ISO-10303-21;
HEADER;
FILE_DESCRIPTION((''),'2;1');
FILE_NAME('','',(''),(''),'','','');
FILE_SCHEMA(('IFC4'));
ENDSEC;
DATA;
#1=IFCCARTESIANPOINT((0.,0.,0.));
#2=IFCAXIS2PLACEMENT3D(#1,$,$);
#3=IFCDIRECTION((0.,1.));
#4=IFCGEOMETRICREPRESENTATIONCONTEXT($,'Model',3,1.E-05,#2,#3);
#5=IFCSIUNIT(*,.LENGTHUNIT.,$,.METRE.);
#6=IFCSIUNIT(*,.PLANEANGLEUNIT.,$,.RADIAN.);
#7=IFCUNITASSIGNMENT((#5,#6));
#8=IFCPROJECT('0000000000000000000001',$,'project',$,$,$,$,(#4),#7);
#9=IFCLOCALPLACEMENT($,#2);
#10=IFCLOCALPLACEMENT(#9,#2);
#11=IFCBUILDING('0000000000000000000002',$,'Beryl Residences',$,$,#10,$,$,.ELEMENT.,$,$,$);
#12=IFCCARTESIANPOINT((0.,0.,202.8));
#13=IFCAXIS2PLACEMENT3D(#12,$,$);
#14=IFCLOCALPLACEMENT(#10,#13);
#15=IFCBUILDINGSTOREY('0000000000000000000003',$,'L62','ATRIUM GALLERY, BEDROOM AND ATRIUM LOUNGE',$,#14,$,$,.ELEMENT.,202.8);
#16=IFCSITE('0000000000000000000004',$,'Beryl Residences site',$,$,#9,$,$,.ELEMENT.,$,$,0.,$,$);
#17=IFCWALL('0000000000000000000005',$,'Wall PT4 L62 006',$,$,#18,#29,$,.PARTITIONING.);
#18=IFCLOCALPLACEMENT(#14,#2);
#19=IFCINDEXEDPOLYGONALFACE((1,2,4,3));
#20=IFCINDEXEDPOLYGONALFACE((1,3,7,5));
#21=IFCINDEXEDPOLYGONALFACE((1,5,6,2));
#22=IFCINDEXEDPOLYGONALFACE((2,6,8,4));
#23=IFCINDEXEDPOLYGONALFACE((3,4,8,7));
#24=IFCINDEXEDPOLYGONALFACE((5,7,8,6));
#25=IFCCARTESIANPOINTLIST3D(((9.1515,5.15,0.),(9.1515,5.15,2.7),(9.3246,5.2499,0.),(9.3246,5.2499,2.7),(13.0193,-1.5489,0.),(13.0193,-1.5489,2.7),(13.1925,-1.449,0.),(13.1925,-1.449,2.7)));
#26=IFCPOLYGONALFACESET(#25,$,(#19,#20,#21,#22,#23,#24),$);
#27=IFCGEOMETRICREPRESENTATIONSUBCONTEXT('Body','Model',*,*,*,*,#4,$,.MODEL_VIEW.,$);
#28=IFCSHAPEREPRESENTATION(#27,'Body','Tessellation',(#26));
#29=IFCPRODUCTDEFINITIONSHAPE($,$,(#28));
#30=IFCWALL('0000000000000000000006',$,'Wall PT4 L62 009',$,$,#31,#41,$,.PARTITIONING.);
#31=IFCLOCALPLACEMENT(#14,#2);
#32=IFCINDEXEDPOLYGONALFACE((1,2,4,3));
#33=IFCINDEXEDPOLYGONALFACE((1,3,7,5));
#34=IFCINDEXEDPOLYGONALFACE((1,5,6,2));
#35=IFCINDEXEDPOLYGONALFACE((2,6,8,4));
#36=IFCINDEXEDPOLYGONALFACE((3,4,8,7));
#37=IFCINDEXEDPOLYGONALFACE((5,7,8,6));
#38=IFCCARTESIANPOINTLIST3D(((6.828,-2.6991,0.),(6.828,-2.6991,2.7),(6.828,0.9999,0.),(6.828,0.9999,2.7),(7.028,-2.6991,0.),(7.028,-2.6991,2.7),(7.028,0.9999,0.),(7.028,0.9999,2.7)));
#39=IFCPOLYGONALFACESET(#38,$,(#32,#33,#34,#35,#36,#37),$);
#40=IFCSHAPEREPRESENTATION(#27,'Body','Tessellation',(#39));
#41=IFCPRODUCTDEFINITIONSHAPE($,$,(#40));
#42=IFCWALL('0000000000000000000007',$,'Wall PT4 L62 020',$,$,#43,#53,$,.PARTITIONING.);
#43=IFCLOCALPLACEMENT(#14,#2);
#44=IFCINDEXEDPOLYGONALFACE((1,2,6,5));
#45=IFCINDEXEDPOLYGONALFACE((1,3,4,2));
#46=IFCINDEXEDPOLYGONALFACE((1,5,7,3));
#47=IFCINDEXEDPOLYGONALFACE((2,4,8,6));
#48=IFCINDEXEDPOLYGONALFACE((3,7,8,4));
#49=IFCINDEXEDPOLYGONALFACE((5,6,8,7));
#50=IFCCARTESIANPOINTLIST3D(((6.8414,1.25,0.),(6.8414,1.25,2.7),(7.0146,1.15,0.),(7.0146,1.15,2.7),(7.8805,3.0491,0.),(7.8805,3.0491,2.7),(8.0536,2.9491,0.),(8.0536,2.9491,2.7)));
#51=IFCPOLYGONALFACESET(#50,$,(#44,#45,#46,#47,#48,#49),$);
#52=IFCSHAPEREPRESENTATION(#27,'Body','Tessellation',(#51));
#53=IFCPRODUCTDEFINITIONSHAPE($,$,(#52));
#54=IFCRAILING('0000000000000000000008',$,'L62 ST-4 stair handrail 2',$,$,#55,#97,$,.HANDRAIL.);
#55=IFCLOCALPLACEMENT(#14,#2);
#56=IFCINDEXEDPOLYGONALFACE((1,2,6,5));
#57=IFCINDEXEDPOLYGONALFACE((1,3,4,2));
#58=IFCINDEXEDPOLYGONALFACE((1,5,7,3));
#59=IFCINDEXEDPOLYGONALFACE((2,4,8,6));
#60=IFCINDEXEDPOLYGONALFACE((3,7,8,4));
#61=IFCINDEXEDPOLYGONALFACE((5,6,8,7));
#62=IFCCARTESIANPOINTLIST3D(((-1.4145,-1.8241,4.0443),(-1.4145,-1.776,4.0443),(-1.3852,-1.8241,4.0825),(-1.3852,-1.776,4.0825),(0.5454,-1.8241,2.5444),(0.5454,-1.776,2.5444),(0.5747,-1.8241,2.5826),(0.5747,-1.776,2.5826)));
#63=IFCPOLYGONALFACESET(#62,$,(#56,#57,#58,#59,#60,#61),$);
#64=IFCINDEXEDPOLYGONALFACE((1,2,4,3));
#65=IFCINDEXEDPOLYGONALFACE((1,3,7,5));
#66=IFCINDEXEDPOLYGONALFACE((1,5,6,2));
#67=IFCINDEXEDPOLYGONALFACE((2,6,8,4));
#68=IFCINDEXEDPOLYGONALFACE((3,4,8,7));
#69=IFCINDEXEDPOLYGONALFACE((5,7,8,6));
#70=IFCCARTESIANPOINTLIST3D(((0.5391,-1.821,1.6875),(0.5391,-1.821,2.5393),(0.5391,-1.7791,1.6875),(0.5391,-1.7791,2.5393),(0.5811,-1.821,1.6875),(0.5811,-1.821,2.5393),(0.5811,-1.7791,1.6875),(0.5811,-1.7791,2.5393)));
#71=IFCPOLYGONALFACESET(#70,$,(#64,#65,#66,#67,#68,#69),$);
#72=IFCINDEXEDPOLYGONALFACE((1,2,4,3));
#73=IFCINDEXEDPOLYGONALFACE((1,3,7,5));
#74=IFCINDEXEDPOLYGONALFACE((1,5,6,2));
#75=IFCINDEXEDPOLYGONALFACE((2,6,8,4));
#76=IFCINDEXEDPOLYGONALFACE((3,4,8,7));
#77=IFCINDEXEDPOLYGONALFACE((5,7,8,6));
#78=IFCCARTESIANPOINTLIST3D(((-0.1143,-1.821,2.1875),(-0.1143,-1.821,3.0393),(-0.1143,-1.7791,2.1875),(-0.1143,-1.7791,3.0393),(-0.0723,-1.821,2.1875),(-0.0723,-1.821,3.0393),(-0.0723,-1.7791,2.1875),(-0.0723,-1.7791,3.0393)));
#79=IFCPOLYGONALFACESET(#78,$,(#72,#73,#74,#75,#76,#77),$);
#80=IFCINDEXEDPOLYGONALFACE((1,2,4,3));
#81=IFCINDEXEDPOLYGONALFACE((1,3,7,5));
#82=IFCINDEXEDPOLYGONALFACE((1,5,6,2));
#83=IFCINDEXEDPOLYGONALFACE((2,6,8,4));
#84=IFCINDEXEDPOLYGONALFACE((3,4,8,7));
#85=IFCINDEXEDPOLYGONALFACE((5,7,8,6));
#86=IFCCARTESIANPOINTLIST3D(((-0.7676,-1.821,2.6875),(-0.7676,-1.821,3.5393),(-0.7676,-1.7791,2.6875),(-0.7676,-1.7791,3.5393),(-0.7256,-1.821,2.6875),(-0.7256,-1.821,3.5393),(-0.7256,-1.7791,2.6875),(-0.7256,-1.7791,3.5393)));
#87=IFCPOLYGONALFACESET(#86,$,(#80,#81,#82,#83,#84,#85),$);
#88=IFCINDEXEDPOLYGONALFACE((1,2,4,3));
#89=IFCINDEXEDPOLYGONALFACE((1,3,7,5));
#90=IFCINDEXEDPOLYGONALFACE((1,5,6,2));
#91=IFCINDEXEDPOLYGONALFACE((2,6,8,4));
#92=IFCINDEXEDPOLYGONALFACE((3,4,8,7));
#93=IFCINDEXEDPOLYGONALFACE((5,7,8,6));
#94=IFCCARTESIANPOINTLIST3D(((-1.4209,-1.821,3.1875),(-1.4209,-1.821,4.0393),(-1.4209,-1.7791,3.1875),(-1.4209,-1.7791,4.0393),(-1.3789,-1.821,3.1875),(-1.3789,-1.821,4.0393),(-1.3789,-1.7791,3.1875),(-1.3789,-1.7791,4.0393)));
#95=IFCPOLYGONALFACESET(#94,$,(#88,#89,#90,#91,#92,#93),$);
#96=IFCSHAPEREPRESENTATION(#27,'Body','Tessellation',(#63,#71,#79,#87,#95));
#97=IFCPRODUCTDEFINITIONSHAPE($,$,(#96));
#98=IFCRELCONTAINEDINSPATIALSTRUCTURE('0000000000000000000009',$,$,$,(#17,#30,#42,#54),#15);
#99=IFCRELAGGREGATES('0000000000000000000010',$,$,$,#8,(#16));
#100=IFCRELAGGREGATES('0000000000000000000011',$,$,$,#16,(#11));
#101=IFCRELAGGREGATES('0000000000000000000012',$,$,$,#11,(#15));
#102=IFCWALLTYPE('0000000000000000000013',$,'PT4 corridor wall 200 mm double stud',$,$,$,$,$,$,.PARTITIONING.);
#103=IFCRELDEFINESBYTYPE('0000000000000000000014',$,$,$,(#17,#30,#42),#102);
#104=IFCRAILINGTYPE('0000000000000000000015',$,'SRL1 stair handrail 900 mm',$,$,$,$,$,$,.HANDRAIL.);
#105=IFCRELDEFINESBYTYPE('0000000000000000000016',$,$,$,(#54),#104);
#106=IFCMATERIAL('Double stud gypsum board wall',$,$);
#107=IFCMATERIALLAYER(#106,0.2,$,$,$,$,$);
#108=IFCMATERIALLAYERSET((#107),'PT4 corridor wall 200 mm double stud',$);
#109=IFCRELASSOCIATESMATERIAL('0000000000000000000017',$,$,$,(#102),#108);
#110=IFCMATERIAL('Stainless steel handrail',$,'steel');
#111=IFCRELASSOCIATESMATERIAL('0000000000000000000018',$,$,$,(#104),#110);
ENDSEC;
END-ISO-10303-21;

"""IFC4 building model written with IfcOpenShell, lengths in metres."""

from ifc_helpers import new_model, si_unit, direction, frame, frame_2d, origin, origin_2d, place, context, subcontext, project, spatial, rectangle, extrude, material, layer, layer_set, type_object, element, save


model = new_model("IFC4")

# Units and contexts
model_context = context("Model", 3, precision=1e-05, world=origin(), true_north=direction((0.0, 1.0)))
body_context = subcontext(model_context, "Body", "Model", "MODEL_VIEW")
ifc_project = project(units=[si_unit("LENGTHUNIT", "METRE"), si_unit("PLANEANGLEUNIT", "RADIAN")], contexts=[model_context])

# Site, building, storey
site_placement = place(None, origin())
site = spatial("IfcSite", under=ifc_project, at=site_placement, Name="Beryl Residences site", CompositionType="ELEMENT", RefElevation=0.0)
building_placement = place(site_placement, origin())
building = spatial("IfcBuilding", under=site, at=building_placement, Name="Beryl Residences", CompositionType="ELEMENT")
storey_placement = place(building_placement, frame((0.0, 0.0, 202.8)))
storey = spatial("IfcBuildingStorey", under=building, at=storey_placement, Name="L62", Description="ATRIUM GALLERY, BEDROOM AND ATRIUM LOUNGE", CompositionType="ELEMENT", Elevation=202.8)

# Shared definitions
ifc_material_1 = material(Name="Double stud gypsum board wall")
ifc_layer_1 = layer(ifc_material_1, 0.2)
ifc_layer_set_1 = layer_set([ifc_layer_1], Name="PT4 corridor wall 200 mm double stud")
wall_type_1 = type_object("IfcWallType", Name="PT4 corridor wall 200 mm double stud", PredefinedType="PARTITIONING", material=ifc_layer_set_1)

# Walls
wall_1_placement = place(storey_placement, frame((9.238, 5.2, 0.0), z_axis=(0.0, 0.0, 1.0), x_axis=(0.500026, -0.866011, 0.0)))
element("IfcWall", 1, at=wall_1_placement, inside=storey, type_object=wall_type_1, Name="Wall PT4 L62 006", PredefinedType="PARTITIONING", context=body_context, shape_type="SweptSolid", body=[
    extrude(rectangle(XDim=7.7354, YDim=0.2, at=frame_2d((3.8677, 0.0))), origin(), (0.0, 0.0, 1.0), 2.7),
])
wall_2_placement = place(storey_placement, frame((6.928, 1.0, 0.0), z_axis=(0.0, 0.0, 1.0), x_axis=(0.0, -1.0, 0.0)))
element("IfcWall", 2, at=wall_2_placement, inside=storey, type_object=wall_type_1, Name="Wall PT4 L62 009", PredefinedType="PARTITIONING", context=body_context, shape_type="SweptSolid", body=[
    extrude(rectangle(XDim=3.699, YDim=0.2, at=frame_2d((1.8496, 0.0))), origin(), (0.0, 0.0, 1.0), 2.7),
])
wall_3_placement = place(storey_placement, frame((6.928, 1.2, 0.0), z_axis=(0.0, 0.0, 1.0), x_axis=(0.500133, 0.865949, 0.0)))
element("IfcWall", 3, at=wall_3_placement, inside=storey, type_object=wall_type_1, Name="Wall PT4 L62 020", PredefinedType="PARTITIONING", context=body_context, shape_type="SweptSolid", body=[
    extrude(rectangle(XDim=2.0776, YDim=0.2, at=frame_2d((1.0388, 0.0))), origin(), (0.0, 0.0, 1.0), 2.7),
])

# Railing
ifc_material_2 = material(Name="Stainless steel handrail", Category="steel")
railing_type = type_object("IfcRailingType", Name="SRL1 stair handrail 900 mm", PredefinedType="HANDRAIL", material=ifc_material_2)
railing_placement = place(storey_placement, frame((0.5601, -1.8, 1.6875)))
element("IfcRailing", 4, at=railing_placement, inside=storey, type_object=railing_type, Name="L62 ST-4 stair handrail 2", PredefinedType="HANDRAIL", context=body_context, shape_type="SweptSolid", body=[
    extrude(rectangle(XDim=0.0481, YDim=0.0481, at=origin_2d()), frame((0.0, 0.0, 0.876), z_axis=(-0.794122, 0.0, 0.607758), x_axis=(0.0, -1.0, 0.0)), (0.0, 0.0, 1.0), 2.468),
    extrude(rectangle(XDim=0.042, YDim=0.042, at=origin_2d()), origin(), (0.0, 0.0, 1.0), 0.8518),
    extrude(rectangle(XDim=0.042, YDim=0.042, at=origin_2d()), frame((-0.6533, 0.0, 0.5)), (0.0, 0.0, 1.0), 0.8518),
    extrude(rectangle(XDim=0.042, YDim=0.042, at=origin_2d()), frame((-1.3066, 0.0, 1.0)), (0.0, 0.0, 1.0), 0.8518),
    extrude(rectangle(XDim=0.042, YDim=0.042, at=origin_2d()), frame((-1.96, 0.0, 1.5)), (0.0, 0.0, 1.0), 0.8518),
])

save(model, "model.ifc")
